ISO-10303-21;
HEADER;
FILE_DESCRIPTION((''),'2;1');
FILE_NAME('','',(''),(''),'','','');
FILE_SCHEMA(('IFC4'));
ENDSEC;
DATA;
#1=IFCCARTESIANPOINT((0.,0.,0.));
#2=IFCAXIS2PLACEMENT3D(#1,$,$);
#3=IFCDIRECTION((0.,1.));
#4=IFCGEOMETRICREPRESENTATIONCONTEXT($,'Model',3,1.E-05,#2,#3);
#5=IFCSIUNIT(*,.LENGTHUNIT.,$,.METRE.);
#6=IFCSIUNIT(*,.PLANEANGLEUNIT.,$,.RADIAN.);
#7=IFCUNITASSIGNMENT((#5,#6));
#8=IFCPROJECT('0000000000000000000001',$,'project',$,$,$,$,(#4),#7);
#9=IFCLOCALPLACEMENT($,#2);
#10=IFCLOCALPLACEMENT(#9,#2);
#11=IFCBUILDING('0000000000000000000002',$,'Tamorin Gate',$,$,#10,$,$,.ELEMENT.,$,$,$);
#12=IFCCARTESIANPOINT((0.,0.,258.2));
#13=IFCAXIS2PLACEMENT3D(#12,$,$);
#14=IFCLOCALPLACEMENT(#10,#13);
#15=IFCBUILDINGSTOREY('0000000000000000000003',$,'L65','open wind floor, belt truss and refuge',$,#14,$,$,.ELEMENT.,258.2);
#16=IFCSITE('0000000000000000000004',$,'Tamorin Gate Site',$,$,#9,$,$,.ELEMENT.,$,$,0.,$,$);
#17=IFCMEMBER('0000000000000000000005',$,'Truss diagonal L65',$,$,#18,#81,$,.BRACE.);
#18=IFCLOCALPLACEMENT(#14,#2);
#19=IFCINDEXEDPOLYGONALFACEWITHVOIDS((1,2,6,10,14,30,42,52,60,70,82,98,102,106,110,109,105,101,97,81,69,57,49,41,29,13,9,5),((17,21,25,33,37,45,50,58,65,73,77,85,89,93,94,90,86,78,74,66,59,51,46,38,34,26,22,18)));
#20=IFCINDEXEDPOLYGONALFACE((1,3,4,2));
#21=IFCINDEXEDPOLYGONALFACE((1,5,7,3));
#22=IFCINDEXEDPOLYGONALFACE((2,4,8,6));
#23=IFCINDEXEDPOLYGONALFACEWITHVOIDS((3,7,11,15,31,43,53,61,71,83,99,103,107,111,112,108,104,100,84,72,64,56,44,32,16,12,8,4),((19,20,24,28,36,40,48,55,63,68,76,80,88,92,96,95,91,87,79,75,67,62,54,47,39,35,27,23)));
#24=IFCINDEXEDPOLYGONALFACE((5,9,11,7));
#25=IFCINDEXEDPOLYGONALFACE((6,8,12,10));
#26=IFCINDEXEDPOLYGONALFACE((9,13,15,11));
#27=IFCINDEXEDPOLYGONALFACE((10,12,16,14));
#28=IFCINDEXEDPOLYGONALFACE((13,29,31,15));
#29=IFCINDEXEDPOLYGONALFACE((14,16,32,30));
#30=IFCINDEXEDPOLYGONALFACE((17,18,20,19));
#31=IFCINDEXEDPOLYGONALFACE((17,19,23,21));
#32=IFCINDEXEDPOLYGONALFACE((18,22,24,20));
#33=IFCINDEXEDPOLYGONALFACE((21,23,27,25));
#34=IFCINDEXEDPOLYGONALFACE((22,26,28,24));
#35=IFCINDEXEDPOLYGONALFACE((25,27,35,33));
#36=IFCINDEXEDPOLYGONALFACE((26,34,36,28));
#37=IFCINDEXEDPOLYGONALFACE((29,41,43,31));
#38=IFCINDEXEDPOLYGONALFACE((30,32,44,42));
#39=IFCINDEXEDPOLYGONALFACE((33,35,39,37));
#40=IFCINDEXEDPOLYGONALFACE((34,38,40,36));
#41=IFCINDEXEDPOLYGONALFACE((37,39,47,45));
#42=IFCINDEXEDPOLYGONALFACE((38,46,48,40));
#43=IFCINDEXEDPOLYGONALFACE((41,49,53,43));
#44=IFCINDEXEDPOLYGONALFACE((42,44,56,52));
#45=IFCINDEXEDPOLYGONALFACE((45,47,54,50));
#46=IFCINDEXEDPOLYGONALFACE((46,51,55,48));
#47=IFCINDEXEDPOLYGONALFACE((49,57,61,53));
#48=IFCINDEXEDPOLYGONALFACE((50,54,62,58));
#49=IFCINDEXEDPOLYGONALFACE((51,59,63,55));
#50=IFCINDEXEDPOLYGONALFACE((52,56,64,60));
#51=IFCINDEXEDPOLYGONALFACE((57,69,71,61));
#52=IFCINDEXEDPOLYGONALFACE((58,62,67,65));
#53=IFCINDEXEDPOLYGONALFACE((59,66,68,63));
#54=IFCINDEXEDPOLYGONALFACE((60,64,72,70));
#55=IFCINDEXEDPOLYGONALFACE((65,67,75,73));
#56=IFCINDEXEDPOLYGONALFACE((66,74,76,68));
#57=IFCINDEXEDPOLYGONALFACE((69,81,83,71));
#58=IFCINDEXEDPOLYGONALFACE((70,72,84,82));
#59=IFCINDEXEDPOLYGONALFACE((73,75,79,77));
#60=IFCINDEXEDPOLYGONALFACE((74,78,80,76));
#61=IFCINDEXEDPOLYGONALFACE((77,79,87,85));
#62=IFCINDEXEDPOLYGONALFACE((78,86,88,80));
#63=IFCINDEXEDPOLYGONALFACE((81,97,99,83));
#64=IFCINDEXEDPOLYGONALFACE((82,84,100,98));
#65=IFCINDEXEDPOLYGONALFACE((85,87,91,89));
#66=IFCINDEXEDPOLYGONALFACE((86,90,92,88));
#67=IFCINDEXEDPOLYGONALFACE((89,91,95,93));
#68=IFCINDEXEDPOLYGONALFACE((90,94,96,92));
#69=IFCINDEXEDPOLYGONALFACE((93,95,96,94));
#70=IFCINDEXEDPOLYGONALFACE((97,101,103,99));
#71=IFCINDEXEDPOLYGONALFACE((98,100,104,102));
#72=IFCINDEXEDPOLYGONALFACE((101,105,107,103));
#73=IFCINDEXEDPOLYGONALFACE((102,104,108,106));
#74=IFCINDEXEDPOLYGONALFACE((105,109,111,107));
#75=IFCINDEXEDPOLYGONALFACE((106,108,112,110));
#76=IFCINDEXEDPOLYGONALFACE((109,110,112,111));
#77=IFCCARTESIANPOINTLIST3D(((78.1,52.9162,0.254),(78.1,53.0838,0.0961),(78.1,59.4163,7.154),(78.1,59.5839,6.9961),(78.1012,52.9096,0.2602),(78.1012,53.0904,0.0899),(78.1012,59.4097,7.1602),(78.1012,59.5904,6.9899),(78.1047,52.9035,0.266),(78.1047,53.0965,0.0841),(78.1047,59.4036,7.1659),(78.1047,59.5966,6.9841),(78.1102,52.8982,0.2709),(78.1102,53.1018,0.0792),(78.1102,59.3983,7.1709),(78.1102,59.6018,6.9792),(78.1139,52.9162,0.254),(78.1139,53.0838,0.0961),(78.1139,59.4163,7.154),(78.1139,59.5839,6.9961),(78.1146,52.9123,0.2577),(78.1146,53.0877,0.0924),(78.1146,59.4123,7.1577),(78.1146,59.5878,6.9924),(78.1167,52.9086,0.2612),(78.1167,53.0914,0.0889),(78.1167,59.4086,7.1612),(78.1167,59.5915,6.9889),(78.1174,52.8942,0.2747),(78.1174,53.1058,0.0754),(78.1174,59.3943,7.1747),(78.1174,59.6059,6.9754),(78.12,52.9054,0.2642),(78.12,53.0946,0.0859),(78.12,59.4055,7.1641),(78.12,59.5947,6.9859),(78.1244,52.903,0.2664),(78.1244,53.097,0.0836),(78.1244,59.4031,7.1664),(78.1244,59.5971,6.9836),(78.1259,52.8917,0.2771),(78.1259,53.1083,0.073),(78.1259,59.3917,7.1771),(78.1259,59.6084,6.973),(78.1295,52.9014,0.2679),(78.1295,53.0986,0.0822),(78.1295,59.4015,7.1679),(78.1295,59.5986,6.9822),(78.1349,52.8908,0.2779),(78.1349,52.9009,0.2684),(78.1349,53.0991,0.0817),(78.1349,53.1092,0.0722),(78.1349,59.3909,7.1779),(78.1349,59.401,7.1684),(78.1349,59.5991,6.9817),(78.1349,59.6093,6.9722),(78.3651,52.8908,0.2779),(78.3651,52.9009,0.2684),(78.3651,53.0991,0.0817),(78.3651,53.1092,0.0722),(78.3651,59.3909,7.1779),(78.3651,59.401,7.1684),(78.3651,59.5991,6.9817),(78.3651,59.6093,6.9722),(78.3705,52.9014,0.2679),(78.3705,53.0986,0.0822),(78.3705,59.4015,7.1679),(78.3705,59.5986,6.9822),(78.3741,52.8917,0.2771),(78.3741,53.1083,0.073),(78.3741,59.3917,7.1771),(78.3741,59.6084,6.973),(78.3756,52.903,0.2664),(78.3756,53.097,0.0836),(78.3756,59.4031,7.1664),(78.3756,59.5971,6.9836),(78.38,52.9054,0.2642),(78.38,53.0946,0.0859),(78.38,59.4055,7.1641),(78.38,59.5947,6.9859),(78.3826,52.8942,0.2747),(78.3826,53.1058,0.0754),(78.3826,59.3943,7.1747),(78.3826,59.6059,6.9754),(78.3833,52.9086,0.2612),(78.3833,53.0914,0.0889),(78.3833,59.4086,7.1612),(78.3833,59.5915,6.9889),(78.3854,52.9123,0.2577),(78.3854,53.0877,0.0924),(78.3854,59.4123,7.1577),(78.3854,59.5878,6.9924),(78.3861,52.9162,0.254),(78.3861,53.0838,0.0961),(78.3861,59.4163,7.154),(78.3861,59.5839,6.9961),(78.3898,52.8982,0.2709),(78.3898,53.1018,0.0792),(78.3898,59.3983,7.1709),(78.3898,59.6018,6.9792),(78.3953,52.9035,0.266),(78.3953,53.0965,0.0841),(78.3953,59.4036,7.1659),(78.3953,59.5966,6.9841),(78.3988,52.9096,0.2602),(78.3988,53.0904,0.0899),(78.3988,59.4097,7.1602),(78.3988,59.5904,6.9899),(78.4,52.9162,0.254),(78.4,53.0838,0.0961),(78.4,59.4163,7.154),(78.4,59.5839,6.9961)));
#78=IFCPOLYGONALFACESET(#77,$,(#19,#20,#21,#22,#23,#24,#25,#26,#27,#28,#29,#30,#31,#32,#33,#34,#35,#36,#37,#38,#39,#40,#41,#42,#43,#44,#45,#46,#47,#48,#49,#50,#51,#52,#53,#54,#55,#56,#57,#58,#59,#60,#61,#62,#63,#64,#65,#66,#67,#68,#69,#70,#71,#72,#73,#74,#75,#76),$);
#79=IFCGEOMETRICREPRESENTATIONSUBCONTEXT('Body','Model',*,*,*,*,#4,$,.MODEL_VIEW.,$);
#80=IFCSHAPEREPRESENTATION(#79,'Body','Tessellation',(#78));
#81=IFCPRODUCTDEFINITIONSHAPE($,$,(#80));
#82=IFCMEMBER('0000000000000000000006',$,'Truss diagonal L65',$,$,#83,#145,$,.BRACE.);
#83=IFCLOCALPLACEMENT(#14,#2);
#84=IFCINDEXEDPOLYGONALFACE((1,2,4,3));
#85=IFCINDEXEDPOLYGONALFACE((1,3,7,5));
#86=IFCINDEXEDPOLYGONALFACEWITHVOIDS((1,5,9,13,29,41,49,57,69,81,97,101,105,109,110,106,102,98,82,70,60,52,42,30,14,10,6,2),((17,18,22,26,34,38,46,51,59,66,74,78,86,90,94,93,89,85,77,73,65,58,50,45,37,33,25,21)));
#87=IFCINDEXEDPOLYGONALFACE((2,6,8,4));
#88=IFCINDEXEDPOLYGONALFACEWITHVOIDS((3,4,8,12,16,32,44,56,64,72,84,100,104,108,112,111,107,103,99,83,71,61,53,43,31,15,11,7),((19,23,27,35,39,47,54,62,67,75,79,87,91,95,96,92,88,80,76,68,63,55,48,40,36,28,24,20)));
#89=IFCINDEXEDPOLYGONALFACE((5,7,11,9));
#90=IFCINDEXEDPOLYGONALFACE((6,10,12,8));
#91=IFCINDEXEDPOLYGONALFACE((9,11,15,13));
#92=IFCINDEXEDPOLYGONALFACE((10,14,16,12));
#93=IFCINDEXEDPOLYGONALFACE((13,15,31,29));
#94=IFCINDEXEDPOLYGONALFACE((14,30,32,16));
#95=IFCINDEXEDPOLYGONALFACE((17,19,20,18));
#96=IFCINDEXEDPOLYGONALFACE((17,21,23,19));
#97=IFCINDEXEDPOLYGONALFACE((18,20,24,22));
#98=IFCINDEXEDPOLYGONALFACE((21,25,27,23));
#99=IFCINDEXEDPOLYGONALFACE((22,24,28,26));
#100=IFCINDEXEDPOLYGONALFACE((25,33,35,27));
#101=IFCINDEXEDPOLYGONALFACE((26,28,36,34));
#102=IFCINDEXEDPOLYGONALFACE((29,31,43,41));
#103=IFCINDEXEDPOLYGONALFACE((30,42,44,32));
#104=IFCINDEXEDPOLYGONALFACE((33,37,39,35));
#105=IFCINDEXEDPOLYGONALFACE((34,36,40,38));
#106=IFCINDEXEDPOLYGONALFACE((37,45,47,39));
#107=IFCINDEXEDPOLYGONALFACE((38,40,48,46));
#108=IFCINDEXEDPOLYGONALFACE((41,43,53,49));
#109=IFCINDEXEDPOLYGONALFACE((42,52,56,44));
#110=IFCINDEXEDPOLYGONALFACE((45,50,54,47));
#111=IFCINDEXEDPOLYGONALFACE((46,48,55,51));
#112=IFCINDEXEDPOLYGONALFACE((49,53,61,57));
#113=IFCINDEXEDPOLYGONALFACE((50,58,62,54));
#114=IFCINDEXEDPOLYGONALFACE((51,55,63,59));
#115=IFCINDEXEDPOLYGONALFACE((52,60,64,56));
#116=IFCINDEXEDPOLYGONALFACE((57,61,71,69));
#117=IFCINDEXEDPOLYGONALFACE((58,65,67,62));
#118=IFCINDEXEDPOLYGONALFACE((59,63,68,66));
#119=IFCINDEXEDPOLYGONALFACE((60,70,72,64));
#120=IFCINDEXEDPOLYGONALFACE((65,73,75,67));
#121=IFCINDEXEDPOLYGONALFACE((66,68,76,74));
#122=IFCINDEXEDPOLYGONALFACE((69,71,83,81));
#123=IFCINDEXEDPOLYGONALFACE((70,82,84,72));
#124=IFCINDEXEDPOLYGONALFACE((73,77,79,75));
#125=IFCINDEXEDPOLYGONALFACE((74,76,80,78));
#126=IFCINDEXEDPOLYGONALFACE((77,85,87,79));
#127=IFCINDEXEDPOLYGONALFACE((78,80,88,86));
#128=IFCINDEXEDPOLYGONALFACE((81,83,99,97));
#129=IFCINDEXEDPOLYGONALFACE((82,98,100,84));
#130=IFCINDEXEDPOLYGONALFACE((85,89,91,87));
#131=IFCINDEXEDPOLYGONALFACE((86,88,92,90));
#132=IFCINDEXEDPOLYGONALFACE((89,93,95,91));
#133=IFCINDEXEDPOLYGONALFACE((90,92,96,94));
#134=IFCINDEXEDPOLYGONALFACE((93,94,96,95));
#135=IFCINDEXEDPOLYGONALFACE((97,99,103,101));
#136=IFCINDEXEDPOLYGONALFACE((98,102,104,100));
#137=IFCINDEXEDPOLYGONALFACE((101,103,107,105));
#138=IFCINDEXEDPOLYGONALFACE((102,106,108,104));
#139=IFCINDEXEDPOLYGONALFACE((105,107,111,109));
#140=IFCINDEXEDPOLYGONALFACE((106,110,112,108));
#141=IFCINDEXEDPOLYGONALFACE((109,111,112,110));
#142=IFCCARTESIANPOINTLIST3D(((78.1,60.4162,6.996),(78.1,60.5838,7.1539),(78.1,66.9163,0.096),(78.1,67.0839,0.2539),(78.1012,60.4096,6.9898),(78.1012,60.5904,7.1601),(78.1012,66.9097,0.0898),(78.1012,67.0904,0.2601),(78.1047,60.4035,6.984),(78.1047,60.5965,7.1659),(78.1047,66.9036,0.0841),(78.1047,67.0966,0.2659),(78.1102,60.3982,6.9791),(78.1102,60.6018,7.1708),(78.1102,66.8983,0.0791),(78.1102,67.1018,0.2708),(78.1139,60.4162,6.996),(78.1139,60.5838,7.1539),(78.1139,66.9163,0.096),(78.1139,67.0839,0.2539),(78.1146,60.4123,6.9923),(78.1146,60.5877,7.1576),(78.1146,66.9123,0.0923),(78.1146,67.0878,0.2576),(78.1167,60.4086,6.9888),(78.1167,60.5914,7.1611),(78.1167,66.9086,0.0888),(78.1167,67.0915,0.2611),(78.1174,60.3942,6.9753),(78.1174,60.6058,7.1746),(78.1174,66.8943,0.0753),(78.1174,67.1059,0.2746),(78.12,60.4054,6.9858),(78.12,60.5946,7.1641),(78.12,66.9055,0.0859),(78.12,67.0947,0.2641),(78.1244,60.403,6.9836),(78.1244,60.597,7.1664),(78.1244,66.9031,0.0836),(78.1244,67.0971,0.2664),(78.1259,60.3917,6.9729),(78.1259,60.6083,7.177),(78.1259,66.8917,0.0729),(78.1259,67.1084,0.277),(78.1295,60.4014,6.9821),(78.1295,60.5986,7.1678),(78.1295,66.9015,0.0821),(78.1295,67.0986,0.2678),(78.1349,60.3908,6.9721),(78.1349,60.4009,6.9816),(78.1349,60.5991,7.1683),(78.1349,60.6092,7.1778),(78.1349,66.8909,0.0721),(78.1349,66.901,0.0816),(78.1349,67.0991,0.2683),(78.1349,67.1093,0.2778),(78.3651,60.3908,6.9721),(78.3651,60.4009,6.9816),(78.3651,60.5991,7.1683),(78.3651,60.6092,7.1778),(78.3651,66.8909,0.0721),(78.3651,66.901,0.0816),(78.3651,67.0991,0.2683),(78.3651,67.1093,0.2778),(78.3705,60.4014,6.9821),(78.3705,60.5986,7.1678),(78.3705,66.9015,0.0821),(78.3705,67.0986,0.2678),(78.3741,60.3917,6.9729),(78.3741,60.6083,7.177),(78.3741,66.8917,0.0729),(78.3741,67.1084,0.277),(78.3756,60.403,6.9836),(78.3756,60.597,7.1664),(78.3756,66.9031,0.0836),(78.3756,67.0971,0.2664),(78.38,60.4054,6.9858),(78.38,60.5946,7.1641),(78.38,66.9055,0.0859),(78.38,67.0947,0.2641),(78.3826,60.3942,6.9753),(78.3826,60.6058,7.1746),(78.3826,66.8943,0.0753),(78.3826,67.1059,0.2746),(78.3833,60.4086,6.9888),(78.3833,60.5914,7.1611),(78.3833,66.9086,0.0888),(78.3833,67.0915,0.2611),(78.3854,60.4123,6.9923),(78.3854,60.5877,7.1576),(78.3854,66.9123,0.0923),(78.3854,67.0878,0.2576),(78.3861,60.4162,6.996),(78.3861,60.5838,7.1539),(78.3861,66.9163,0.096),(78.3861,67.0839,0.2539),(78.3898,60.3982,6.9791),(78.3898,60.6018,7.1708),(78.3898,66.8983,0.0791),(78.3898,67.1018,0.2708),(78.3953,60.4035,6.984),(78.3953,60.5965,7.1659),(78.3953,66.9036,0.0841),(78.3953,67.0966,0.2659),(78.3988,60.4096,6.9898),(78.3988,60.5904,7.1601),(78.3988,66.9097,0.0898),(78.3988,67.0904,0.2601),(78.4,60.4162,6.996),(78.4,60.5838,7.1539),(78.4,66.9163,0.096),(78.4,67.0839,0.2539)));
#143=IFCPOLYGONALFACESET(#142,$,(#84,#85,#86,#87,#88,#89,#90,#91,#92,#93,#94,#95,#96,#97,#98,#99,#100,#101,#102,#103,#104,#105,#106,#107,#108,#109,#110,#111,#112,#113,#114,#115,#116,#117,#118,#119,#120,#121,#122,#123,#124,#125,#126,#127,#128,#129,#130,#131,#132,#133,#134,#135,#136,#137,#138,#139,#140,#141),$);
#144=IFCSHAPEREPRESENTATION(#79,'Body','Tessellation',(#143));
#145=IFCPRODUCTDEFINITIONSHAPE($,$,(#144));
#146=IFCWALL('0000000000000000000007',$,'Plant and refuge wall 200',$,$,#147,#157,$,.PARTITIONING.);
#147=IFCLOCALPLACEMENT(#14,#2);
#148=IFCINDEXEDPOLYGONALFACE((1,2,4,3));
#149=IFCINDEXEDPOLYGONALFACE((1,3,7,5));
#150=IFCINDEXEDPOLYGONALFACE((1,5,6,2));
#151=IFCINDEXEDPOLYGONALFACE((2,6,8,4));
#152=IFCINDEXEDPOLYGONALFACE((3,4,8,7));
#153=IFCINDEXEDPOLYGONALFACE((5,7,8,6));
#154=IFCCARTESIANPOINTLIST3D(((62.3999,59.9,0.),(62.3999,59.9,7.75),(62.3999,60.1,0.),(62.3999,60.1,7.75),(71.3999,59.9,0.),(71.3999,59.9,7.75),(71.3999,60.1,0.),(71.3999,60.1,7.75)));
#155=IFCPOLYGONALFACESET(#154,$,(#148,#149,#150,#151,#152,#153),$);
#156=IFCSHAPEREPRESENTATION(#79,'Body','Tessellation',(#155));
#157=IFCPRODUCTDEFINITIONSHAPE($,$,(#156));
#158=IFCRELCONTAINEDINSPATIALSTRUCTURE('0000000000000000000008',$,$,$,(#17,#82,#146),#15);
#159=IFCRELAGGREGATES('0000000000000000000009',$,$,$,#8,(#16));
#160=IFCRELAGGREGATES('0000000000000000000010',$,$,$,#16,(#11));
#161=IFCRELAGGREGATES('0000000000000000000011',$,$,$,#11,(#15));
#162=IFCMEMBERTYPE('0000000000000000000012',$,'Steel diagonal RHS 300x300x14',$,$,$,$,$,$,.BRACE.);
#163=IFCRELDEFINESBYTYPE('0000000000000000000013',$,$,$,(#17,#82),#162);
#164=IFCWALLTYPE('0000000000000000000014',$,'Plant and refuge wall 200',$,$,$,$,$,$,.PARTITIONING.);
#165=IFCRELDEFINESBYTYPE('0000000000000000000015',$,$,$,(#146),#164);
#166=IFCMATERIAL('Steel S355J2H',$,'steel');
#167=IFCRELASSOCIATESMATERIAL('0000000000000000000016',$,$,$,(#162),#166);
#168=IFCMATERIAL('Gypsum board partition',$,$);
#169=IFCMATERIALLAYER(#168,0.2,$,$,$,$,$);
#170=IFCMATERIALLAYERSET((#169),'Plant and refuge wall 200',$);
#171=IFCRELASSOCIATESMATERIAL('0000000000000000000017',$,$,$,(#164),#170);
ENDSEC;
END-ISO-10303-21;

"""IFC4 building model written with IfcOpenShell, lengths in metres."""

from ifc_helpers import new_model, si_unit, direction, frame, frame_2d, origin, origin_2d, place, context, subcontext, project, spatial, rectangle, hollow_rectangle, extrude, material, layer, layer_set, material_profile, profile_set, type_object, element, save


model = new_model("IFC4")

# Units and contexts
model_context = context("Model", 3, precision=1e-05, world=origin(), true_north=direction((0.0, 1.0)))
body_context = subcontext(model_context, "Body", "Model", "MODEL_VIEW")
ifc_project = project(units=[si_unit("LENGTHUNIT", "METRE"), si_unit("PLANEANGLEUNIT", "RADIAN")], contexts=[model_context])

# Site, building, storey
site_placement = place(None, origin())
site = spatial("IfcSite", under=ifc_project, at=site_placement, Name="Tamorin Gate Site", CompositionType="ELEMENT", RefElevation=0.0)
building_placement = place(site_placement, origin())
building = spatial("IfcBuilding", under=site, at=building_placement, Name="Tamorin Gate", CompositionType="ELEMENT")
storey_placement = place(building_placement, frame((0.0, 0.0, 258.2)))
storey = spatial("IfcBuildingStorey", under=building, at=storey_placement, Name="L65", Description="open wind floor, belt truss and refuge", CompositionType="ELEMENT", Elevation=258.2)

# Members
ifc_material_1 = material(Name="Steel S355J2H", Category="steel")
ifc_material_profile_1 = material_profile(ifc_material_1, hollow_rectangle(XDim=0.3, YDim=0.3, WallThickness=0.0139, InnerFilletRadius=0.021, OuterFilletRadius=0.0349, at=origin_2d()), Name="RHS 300x300x14")
ifc_profile_set_1 = profile_set([ifc_material_profile_1], Name="Steel S355J2H")
member_type_1 = type_object("IfcMemberType", Name="Steel diagonal RHS 300x300x14", PredefinedType="BRACE", material=ifc_profile_set_1)
for number, where, z_axis, x_axis, name in (
    (1, (78.25, 53.0, 0.175), (0.0, 0.685699, 0.727885), (-1.0, 0.0, 0.0), "Truss diagonal L65"),
    (2, (78.25, 60.5, 7.075), (0.0, 0.685699, -0.727885), (-1.0, 0.0, 0.0), "Truss diagonal L65"),
):
    element("IfcMember", number, at=place(storey_placement, frame(where, z_axis=z_axis, x_axis=x_axis)), inside=storey, type_object=member_type_1, Name=name, PredefinedType="BRACE", context=body_context, shape_type="SweptSolid", body=[
        extrude(hollow_rectangle(XDim=0.3, YDim=0.3, WallThickness=0.0139, InnerFilletRadius=0.021, OuterFilletRadius=0.0349, at=origin_2d()), origin(), (0.0, 0.0, 1.0), 9.4795),
    ])

# Wall
ifc_material_2 = material(Name="Gypsum board partition")
ifc_layer = layer(ifc_material_2, 0.2)
ifc_layer_set = layer_set([ifc_layer], Name="Plant and refuge wall 200")
wall_type = type_object("IfcWallType", Name="Plant and refuge wall 200", PredefinedType="PARTITIONING", material=ifc_layer_set)
wall_1_placement = place(storey_placement, frame((62.3999, 60.0, 0.0), z_axis=(0.0, 0.0, 1.0), x_axis=(1.0, 0.0, 0.0)))
element("IfcWall", 3, at=wall_1_placement, inside=storey, type_object=wall_type, Name="Plant and refuge wall 200", PredefinedType="PARTITIONING", context=body_context, shape_type="SweptSolid", body=[
    extrude(rectangle(XDim=9.0, YDim=0.2, at=frame_2d((4.5, 0.0))), origin(), (0.0, 0.0, 1.0), 7.75),
])

save(model, "model.ifc")
